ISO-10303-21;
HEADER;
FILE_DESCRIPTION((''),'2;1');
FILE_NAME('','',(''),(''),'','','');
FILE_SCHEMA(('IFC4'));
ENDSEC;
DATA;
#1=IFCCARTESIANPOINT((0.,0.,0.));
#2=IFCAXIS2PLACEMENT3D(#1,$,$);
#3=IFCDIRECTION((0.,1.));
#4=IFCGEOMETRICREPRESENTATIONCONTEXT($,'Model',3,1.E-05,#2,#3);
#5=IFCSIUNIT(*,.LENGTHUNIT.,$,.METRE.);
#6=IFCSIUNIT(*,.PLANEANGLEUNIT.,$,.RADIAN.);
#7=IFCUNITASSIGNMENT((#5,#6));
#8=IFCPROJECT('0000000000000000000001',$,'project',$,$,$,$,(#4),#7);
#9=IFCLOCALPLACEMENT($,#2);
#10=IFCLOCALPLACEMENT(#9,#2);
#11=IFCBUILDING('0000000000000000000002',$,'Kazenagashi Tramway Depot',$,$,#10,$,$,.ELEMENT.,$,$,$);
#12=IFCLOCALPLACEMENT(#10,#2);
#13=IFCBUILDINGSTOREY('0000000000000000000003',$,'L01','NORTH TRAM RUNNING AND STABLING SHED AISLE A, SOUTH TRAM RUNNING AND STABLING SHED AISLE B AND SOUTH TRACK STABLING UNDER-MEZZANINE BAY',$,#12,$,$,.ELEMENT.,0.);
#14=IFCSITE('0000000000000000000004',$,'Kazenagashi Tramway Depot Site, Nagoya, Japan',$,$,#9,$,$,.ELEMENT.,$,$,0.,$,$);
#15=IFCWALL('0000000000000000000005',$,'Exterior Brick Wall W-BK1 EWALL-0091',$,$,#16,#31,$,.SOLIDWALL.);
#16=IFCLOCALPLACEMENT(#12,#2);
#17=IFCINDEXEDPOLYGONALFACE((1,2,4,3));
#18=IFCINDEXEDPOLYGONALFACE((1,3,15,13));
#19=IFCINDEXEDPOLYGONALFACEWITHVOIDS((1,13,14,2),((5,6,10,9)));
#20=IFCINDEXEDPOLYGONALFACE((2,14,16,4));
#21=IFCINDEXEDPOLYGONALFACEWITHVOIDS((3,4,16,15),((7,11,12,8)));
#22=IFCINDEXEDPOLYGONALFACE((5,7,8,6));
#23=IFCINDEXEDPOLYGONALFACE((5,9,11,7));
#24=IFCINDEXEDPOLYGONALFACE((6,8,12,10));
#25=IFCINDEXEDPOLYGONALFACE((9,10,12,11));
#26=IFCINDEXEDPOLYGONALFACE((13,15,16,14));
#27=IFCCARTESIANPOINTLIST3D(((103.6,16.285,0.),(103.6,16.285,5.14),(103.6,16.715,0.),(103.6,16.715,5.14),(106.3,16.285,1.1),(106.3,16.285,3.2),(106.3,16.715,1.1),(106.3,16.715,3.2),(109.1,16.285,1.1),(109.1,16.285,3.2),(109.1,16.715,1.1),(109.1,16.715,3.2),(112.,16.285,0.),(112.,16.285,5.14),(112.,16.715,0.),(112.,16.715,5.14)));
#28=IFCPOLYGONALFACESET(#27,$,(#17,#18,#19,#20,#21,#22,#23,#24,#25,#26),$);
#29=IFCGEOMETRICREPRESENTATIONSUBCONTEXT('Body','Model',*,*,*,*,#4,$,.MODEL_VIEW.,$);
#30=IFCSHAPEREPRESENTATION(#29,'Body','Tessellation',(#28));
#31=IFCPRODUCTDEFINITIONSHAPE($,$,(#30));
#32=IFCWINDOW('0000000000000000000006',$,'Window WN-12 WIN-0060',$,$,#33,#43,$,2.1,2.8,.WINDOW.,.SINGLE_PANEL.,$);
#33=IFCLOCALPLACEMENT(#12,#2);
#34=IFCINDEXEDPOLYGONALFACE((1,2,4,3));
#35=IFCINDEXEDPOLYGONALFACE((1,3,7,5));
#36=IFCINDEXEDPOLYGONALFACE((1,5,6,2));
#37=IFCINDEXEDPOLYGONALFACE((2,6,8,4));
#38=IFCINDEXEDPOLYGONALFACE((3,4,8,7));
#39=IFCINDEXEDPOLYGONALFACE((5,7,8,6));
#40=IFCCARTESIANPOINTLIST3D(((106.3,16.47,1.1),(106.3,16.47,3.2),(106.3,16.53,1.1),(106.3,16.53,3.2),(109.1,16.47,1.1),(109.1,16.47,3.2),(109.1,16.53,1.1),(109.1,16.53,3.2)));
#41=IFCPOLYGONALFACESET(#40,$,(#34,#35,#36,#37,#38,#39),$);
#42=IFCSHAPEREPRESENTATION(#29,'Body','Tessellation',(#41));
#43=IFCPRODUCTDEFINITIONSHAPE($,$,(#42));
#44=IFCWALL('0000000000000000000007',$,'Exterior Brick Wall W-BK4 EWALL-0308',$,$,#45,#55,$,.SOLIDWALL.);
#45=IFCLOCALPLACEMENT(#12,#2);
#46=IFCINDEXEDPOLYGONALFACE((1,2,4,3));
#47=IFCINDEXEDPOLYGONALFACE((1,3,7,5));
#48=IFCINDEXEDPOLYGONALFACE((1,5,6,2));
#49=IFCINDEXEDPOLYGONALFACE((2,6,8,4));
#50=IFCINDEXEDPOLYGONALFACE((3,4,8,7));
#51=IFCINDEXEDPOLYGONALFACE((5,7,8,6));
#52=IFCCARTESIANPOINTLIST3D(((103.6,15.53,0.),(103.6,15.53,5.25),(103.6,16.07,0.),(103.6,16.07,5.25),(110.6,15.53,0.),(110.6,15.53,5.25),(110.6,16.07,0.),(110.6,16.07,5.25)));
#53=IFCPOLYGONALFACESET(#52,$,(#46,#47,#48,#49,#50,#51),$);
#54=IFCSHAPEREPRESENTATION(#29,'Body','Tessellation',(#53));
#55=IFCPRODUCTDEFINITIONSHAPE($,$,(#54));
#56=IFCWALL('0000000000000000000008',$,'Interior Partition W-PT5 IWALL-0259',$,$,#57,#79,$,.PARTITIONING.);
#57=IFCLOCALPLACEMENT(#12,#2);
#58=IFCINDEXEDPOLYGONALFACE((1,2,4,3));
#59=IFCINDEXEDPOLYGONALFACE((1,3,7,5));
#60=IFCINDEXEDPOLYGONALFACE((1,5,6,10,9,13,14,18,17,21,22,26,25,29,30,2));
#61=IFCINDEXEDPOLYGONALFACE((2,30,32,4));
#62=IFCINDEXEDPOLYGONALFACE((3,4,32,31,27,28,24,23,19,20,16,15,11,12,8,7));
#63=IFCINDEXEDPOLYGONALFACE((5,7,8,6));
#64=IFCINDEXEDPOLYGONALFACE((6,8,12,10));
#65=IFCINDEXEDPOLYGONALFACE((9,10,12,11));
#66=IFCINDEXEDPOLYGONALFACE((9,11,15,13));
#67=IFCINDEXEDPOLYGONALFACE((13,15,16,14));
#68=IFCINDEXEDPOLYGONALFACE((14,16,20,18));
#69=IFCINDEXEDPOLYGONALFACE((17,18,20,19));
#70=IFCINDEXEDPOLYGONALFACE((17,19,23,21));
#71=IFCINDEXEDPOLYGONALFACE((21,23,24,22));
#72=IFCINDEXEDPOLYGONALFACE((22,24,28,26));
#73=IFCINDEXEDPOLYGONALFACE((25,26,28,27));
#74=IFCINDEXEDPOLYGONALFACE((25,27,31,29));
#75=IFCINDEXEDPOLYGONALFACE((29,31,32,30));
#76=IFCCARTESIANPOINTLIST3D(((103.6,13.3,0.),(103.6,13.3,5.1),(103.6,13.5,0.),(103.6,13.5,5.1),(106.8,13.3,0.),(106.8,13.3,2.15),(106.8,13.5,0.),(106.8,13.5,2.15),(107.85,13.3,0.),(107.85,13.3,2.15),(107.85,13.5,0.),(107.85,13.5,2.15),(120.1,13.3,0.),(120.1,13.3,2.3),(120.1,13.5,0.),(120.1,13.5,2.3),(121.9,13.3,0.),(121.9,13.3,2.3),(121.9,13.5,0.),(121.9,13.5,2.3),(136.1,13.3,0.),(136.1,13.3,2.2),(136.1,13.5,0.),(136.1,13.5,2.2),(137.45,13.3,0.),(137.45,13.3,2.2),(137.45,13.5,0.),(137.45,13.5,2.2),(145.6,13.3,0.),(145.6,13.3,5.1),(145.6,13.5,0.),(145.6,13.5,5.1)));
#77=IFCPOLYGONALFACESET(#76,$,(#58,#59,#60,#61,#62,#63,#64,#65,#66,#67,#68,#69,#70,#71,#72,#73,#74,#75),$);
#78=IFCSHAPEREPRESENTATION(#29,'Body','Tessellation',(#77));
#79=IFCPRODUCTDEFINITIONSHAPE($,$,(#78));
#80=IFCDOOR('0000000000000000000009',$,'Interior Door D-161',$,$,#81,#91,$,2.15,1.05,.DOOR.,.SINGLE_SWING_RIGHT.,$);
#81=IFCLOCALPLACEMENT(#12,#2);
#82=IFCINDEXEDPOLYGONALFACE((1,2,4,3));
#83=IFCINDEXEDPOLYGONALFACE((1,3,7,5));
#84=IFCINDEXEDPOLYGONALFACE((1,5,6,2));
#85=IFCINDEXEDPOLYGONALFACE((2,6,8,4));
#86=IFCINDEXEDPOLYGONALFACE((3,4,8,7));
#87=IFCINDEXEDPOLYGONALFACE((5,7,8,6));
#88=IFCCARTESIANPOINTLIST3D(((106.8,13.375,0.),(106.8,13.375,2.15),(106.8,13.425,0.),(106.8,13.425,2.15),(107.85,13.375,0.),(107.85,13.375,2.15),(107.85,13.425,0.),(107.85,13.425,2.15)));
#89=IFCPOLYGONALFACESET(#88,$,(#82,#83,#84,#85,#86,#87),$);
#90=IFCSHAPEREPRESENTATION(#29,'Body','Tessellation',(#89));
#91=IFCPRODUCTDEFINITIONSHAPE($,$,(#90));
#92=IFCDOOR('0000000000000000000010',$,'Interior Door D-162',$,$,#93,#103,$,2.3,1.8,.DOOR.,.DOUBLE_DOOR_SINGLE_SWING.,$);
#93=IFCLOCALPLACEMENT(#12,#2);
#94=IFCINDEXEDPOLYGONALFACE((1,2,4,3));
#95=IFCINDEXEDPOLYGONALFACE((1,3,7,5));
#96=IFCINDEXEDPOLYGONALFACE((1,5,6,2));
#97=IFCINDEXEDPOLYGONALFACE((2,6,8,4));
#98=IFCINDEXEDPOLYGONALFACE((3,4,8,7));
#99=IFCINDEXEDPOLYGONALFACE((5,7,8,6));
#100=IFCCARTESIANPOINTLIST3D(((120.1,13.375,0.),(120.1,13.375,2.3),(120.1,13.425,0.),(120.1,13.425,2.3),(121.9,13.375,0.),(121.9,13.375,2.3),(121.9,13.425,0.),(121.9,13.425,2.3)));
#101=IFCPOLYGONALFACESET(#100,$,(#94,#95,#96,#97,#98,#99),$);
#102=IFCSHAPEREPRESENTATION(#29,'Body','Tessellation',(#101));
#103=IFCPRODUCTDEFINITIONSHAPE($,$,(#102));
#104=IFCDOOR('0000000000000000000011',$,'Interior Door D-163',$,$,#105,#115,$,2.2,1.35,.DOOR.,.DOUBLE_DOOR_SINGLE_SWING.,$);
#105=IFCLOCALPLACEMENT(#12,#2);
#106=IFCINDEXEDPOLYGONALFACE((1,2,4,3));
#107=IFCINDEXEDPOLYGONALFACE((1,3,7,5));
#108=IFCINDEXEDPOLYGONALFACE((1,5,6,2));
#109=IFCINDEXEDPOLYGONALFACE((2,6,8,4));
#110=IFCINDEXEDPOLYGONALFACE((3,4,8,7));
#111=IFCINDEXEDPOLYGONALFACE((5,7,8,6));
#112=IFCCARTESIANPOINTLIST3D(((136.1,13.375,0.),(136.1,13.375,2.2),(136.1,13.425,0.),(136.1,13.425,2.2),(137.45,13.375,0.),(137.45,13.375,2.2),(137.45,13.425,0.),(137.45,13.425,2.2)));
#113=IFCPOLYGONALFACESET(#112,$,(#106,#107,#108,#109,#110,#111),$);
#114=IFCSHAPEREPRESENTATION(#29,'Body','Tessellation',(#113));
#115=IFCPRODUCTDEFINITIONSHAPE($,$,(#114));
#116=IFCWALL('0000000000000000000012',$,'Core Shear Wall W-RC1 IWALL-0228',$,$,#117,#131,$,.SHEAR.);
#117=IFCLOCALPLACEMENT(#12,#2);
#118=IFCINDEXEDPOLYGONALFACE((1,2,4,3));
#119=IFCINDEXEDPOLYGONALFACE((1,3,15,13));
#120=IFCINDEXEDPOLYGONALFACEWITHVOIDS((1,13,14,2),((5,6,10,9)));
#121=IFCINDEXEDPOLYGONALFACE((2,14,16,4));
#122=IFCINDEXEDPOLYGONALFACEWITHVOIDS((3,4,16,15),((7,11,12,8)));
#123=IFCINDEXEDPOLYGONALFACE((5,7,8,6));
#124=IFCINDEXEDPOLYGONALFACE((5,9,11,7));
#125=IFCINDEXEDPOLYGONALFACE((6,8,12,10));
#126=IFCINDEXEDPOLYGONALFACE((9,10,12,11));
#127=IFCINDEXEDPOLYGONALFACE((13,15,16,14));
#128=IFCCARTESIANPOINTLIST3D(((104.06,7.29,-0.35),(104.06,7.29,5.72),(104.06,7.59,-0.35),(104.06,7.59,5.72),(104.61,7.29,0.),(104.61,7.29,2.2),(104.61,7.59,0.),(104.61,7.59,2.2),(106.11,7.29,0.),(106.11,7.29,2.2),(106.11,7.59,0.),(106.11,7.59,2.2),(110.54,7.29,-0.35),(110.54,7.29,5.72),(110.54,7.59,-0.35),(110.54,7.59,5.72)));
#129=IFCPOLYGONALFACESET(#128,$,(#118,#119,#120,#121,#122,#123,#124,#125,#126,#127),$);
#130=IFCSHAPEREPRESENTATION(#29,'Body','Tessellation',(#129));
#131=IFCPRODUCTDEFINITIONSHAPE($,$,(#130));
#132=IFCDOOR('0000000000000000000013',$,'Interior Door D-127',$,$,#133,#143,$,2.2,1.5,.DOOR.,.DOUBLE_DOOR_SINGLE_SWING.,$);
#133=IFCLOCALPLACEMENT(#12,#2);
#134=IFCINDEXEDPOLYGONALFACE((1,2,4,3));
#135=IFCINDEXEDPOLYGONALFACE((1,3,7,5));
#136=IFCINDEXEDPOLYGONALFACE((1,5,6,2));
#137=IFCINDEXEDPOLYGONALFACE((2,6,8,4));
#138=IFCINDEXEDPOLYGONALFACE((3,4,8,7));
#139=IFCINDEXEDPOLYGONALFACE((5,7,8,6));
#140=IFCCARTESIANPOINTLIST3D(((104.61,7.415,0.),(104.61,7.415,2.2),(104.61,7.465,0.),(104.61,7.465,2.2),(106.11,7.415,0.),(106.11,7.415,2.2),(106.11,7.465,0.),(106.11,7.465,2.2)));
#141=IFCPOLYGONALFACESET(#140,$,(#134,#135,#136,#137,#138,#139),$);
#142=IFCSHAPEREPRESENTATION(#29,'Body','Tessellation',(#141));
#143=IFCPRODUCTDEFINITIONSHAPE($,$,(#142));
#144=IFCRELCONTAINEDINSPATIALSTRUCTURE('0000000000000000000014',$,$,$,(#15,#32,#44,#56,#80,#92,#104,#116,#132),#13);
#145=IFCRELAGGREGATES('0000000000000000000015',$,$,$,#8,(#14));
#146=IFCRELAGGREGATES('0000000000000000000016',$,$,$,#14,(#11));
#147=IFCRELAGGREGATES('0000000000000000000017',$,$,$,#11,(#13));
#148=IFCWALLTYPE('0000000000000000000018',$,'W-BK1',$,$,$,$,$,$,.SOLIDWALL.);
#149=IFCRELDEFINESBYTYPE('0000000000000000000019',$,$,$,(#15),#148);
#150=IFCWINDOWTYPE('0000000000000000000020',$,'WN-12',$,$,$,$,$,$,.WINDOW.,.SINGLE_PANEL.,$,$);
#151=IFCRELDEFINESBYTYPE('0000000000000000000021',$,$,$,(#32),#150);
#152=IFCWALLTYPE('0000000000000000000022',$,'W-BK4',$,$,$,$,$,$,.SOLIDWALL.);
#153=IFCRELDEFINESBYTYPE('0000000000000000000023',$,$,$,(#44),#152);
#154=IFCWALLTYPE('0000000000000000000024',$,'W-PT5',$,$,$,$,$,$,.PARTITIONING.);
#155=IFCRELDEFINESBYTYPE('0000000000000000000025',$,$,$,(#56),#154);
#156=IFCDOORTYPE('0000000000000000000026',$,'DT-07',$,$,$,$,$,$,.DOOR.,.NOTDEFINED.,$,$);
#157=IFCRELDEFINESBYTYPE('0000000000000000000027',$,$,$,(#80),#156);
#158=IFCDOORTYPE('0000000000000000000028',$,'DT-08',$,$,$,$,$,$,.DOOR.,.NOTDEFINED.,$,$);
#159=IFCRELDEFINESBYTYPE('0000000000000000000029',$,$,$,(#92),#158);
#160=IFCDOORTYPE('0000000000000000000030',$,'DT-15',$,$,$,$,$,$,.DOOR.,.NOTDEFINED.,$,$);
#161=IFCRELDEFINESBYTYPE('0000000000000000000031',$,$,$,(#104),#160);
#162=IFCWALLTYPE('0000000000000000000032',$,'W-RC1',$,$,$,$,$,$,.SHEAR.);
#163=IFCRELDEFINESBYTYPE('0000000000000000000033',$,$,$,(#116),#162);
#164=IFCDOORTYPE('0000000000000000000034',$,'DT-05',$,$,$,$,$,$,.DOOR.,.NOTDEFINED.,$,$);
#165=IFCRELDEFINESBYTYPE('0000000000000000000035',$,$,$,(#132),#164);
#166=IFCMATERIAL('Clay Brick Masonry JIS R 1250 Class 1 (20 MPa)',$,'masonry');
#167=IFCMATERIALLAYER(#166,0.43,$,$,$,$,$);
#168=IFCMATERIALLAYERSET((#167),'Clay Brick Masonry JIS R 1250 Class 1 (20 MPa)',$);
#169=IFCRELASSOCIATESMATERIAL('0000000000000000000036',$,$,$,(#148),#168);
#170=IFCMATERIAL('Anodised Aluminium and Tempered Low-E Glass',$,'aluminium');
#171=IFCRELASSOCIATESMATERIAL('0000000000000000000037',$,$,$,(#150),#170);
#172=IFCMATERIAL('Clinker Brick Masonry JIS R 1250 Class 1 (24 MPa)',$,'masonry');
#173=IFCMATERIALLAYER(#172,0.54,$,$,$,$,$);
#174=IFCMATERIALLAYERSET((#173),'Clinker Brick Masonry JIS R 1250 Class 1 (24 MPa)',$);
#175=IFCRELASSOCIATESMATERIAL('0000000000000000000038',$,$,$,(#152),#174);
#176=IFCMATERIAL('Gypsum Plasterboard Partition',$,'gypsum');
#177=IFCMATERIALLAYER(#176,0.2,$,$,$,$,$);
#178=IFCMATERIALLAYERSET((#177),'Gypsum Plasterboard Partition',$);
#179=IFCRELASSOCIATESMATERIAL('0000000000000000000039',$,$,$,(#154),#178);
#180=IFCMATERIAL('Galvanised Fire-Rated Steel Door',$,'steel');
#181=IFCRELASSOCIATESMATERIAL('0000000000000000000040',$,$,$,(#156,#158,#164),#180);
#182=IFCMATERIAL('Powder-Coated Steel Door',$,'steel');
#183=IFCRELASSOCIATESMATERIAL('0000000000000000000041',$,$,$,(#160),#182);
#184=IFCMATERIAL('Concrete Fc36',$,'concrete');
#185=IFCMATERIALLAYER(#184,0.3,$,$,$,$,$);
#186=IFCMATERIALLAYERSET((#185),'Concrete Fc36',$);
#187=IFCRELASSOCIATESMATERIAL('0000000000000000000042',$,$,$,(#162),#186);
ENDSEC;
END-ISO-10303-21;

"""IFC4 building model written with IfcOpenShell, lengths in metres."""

from ifc_helpers import new_model, si_unit, direction, frame, frame_2d, origin, place, context, subcontext, project, spatial, rectangle, extrude, material, layer, layer_set, type_object, element, fill, save


model = new_model("IFC4")

# Units and contexts
model_context = context("Model", 3, precision=1e-05, world=origin(), true_north=direction((0.0, 1.0)))
body_context = subcontext(model_context, "Body", "Model", "MODEL_VIEW")
ifc_project = project(units=[si_unit("LENGTHUNIT", "METRE"), si_unit("PLANEANGLEUNIT", "RADIAN")], contexts=[model_context])

# Site, building, storey
site_placement = place(None, origin())
site = spatial("IfcSite", under=ifc_project, at=site_placement, Name="Kazenagashi Tramway Depot Site, Nagoya, Japan", CompositionType="ELEMENT", RefElevation=0.0)
building_placement = place(site_placement, origin())
building = spatial("IfcBuilding", under=site, at=building_placement, Name="Kazenagashi Tramway Depot", CompositionType="ELEMENT")
storey_placement = place(building_placement, origin())
storey = spatial("IfcBuildingStorey", under=building, at=storey_placement, Name="L01", Description="NORTH TRAM RUNNING AND STABLING SHED AISLE A, SOUTH TRAM RUNNING AND STABLING SHED AISLE B AND SOUTH TRACK STABLING UNDER-MEZZANINE BAY", CompositionType="ELEMENT", Elevation=0.0)

# Shared definitions
ifc_material_1 = material(Name="Concrete Fc36", Category="concrete")

# Wall, opening, window
ifc_material_2 = material(Name="Clay Brick Masonry JIS R 1250 Class 1 (20 MPa)", Category="masonry")
ifc_layer_1 = layer(ifc_material_2, 0.43)
ifc_layer_set_1 = layer_set([ifc_layer_1], Name="Clay Brick Masonry JIS R 1250 Class 1 (20 MPa)")
wall_type_1 = type_object("IfcWallType", Name="W-BK1", PredefinedType="SOLIDWALL", material=ifc_layer_set_1)
wall_1_placement = place(storey_placement, frame((103.6, 16.5, 0.0), z_axis=(0.0, 0.0, 1.0), x_axis=(1.0, 0.0, 0.0)))
wall_1 = element("IfcWall", 1, at=wall_1_placement, inside=storey, type_object=wall_type_1, Name="Exterior Brick Wall W-BK1 EWALL-0091", PredefinedType="SOLIDWALL", context=body_context, shape_type="SweptSolid", body=[
    extrude(rectangle(XDim=8.4, YDim=0.43, at=frame_2d((4.2, 0.0))), origin(), (0.0, 0.0, 1.0), 5.14),
])
opening_1_placement = place(wall_1_placement, frame((2.7, 0.0, 1.1)))
opening_1 = element("IfcOpeningElement", 2, at=opening_1_placement, cuts=wall_1, PredefinedType="OPENING", context=body_context, shape_type="SweptSolid", body=[
    extrude(rectangle(XDim=2.8, YDim=2.1, at=frame_2d((1.4, 1.05))), frame((0.0, 0.225, 0.0), z_axis=(0.0, -1.0, 0.0), x_axis=(1.0, 0.0, 0.0)), (0.0, 0.0, 1.0), 0.45),
])
ifc_material_3 = material(Name="Anodised Aluminium and Tempered Low-E Glass", Category="aluminium")
window_type = type_object("IfcWindowType", Name="WN-12", PartitioningType="SINGLE_PANEL", PredefinedType="WINDOW", material=ifc_material_3)
window_placement = place(opening_1_placement, origin())
window = element("IfcWindow", 3, at=window_placement, inside=storey, type_object=window_type, Name="Window WN-12 WIN-0060", OverallHeight=2.1, OverallWidth=2.8, PartitioningType="SINGLE_PANEL", PredefinedType="WINDOW", context=body_context, shape_type="SweptSolid", body=[
    extrude(rectangle(XDim=2.8, YDim=2.1, at=frame_2d((1.4, 1.05))), frame((0.0, 0.03, 0.0), z_axis=(0.0, -1.0, 0.0), x_axis=(1.0, 0.0, 0.0)), (0.0, 0.0, 1.0), 0.06),
])
fill(opening_1, window)

# Wall
ifc_material_4 = material(Name="Clinker Brick Masonry JIS R 1250 Class 1 (24 MPa)", Category="masonry")
ifc_layer_2 = layer(ifc_material_4, 0.54)
ifc_layer_set_2 = layer_set([ifc_layer_2], Name="Clinker Brick Masonry JIS R 1250 Class 1 (24 MPa)")
wall_type_2 = type_object("IfcWallType", Name="W-BK4", PredefinedType="SOLIDWALL", material=ifc_layer_set_2)
wall_2_placement = place(storey_placement, frame((103.6, 15.8, 0.0), z_axis=(0.0, 0.0, 1.0), x_axis=(1.0, 0.0, 0.0)))
element("IfcWall", 4, at=wall_2_placement, inside=storey, type_object=wall_type_2, Name="Exterior Brick Wall W-BK4 EWALL-0308", PredefinedType="SOLIDWALL", context=body_context, shape_type="SweptSolid", body=[
    extrude(rectangle(XDim=7.0, YDim=0.54, at=frame_2d((3.5, 0.0))), origin(), (0.0, 0.0, 1.0), 5.25),
])

# Wall, openings, doors
ifc_material_5 = material(Name="Gypsum Plasterboard Partition", Category="gypsum")
ifc_layer_3 = layer(ifc_material_5, 0.2)
ifc_layer_set_3 = layer_set([ifc_layer_3], Name="Gypsum Plasterboard Partition")
wall_type_3 = type_object("IfcWallType", Name="W-PT5", PredefinedType="PARTITIONING", material=ifc_layer_set_3)
wall_3_placement = place(storey_placement, frame((103.6, 13.4, 0.0), z_axis=(0.0, 0.0, 1.0), x_axis=(1.0, 0.0, 0.0)))
wall_3 = element("IfcWall", 5, at=wall_3_placement, inside=storey, type_object=wall_type_3, Name="Interior Partition W-PT5 IWALL-0259", PredefinedType="PARTITIONING", context=body_context, shape_type="SweptSolid", body=[
    extrude(rectangle(XDim=42.0, YDim=0.2, at=frame_2d((21.0, 0.0))), origin(), (0.0, 0.0, 1.0), 5.1),
])
opening_2_placement = place(wall_3_placement, frame((3.2, 0.0, 0.0)))
opening_2 = element("IfcOpeningElement", 6, at=opening_2_placement, cuts=wall_3, PredefinedType="OPENING", context=body_context, shape_type="SweptSolid", body=[
    extrude(rectangle(XDim=1.05, YDim=2.15, at=frame_2d((0.525, 1.075))), frame((0.0, 0.11, 0.0), z_axis=(0.0, -1.0, 0.0), x_axis=(1.0, 0.0, 0.0)), (0.0, 0.0, 1.0), 0.22),
])
opening_3_placement = place(wall_3_placement, frame((16.5, 0.0, 0.0)))
opening_3 = element("IfcOpeningElement", 7, at=opening_3_placement, cuts=wall_3, PredefinedType="OPENING", context=body_context, shape_type="SweptSolid", body=[
    extrude(rectangle(XDim=1.8, YDim=2.3, at=frame_2d((0.9, 1.15))), frame((0.0, 0.11, 0.0), z_axis=(0.0, -1.0, 0.0), x_axis=(1.0, 0.0, 0.0)), (0.0, 0.0, 1.0), 0.22),
])
opening_4_placement = place(wall_3_placement, frame((32.5, 0.0, 0.0)))
opening_4 = element("IfcOpeningElement", 8, at=opening_4_placement, cuts=wall_3, PredefinedType="OPENING", context=body_context, shape_type="SweptSolid", body=[
    extrude(rectangle(XDim=1.35, YDim=2.2, at=frame_2d((0.675, 1.1))), frame((0.0, 0.11, 0.0), z_axis=(0.0, -1.0, 0.0), x_axis=(1.0, 0.0, 0.0)), (0.0, 0.0, 1.0), 0.22),
])
ifc_material_6 = material(Name="Galvanised Fire-Rated Steel Door", Category="steel")
door_type_1 = type_object("IfcDoorType", Name="DT-07", OperationType="NOTDEFINED", PredefinedType="DOOR", material=ifc_material_6)
door_1_placement = place(opening_2_placement, origin())
door_1 = element("IfcDoor", 9, at=door_1_placement, inside=storey, type_object=door_type_1, Name="Interior Door D-161", OperationType="SINGLE_SWING_RIGHT", OverallHeight=2.15, OverallWidth=1.05, PredefinedType="DOOR", context=body_context, shape_type="SweptSolid", body=[
    extrude(rectangle(XDim=1.05, YDim=2.15, at=frame_2d((0.525, 1.075))), frame((0.0, 0.025, 0.0), z_axis=(0.0, -1.0, 0.0), x_axis=(1.0, 0.0, 0.0)), (0.0, 0.0, 1.0), 0.05),
])
fill(opening_2, door_1)
door_type_2 = type_object("IfcDoorType", Name="DT-08", OperationType="NOTDEFINED", PredefinedType="DOOR", material=ifc_material_6)
door_2_placement = place(opening_3_placement, origin())
door_2 = element("IfcDoor", 10, at=door_2_placement, inside=storey, type_object=door_type_2, Name="Interior Door D-162", OperationType="DOUBLE_DOOR_SINGLE_SWING", OverallHeight=2.3, OverallWidth=1.8, PredefinedType="DOOR", context=body_context, shape_type="SweptSolid", body=[
    extrude(rectangle(XDim=1.8, YDim=2.3, at=frame_2d((0.9, 1.15))), frame((0.0, 0.025, 0.0), z_axis=(0.0, -1.0, 0.0), x_axis=(1.0, 0.0, 0.0)), (0.0, 0.0, 1.0), 0.05),
])
fill(opening_3, door_2)
ifc_material_7 = material(Name="Powder-Coated Steel Door", Category="steel")
door_type_3 = type_object("IfcDoorType", Name="DT-15", OperationType="NOTDEFINED", PredefinedType="DOOR", material=ifc_material_7)
door_3_placement = place(opening_4_placement, origin())
door_3 = element("IfcDoor", 11, at=door_3_placement, inside=storey, type_object=door_type_3, Name="Interior Door D-163", OperationType="DOUBLE_DOOR_SINGLE_SWING", OverallHeight=2.2, OverallWidth=1.35, PredefinedType="DOOR", context=body_context, shape_type="SweptSolid", body=[
    extrude(rectangle(XDim=1.35, YDim=2.2, at=frame_2d((0.675, 1.1))), frame((0.0, 0.025, 0.0), z_axis=(0.0, -1.0, 0.0), x_axis=(1.0, 0.0, 0.0)), (0.0, 0.0, 1.0), 0.05),
])
fill(opening_4, door_3)

# Wall, opening, door
ifc_layer_4 = layer(ifc_material_1, 0.3)
ifc_layer_set_4 = layer_set([ifc_layer_4], Name="Concrete Fc36")
wall_type_4 = type_object("IfcWallType", Name="W-RC1", PredefinedType="SHEAR", material=ifc_layer_set_4)
wall_4_placement = place(storey_placement, frame((104.06, 7.44, -0.35), z_axis=(0.0, 0.0, 1.0), x_axis=(1.0, 0.0, 0.0)))
wall_4 = element("IfcWall", 12, at=wall_4_placement, inside=storey, type_object=wall_type_4, Name="Core Shear Wall W-RC1 IWALL-0228", PredefinedType="SHEAR", context=body_context, shape_type="SweptSolid", body=[
    extrude(rectangle(XDim=6.48, YDim=0.3, at=frame_2d((3.24, 0.0))), origin(), (0.0, 0.0, 1.0), 6.07),
])
opening_5_placement = place(wall_4_placement, frame((0.55, 0.0, 0.35)))
opening_5 = element("IfcOpeningElement", 13, at=opening_5_placement, cuts=wall_4, PredefinedType="OPENING", context=body_context, shape_type="SweptSolid", body=[
    extrude(rectangle(XDim=1.5, YDim=2.2, at=frame_2d((0.75, 1.1))), frame((0.0, 0.16, 0.0), z_axis=(0.0, -1.0, 0.0), x_axis=(1.0, 0.0, 0.0)), (0.0, 0.0, 1.0), 0.32),
])
door_type_4 = type_object("IfcDoorType", Name="DT-05", OperationType="NOTDEFINED", PredefinedType="DOOR", material=ifc_material_6)
door_4_placement = place(opening_5_placement, origin())
door_4 = element("IfcDoor", 14, at=door_4_placement, inside=storey, type_object=door_type_4, Name="Interior Door D-127", OperationType="DOUBLE_DOOR_SINGLE_SWING", OverallHeight=2.2, OverallWidth=1.5, PredefinedType="DOOR", context=body_context, shape_type="SweptSolid", body=[
    extrude(rectangle(XDim=1.5, YDim=2.2, at=frame_2d((0.75, 1.1))), frame((0.0, 0.025, 0.0), z_axis=(0.0, -1.0, 0.0), x_axis=(1.0, 0.0, 0.0)), (0.0, 0.0, 1.0), 0.05),
])
fill(opening_5, door_4)

save(model, "model.ifc")
